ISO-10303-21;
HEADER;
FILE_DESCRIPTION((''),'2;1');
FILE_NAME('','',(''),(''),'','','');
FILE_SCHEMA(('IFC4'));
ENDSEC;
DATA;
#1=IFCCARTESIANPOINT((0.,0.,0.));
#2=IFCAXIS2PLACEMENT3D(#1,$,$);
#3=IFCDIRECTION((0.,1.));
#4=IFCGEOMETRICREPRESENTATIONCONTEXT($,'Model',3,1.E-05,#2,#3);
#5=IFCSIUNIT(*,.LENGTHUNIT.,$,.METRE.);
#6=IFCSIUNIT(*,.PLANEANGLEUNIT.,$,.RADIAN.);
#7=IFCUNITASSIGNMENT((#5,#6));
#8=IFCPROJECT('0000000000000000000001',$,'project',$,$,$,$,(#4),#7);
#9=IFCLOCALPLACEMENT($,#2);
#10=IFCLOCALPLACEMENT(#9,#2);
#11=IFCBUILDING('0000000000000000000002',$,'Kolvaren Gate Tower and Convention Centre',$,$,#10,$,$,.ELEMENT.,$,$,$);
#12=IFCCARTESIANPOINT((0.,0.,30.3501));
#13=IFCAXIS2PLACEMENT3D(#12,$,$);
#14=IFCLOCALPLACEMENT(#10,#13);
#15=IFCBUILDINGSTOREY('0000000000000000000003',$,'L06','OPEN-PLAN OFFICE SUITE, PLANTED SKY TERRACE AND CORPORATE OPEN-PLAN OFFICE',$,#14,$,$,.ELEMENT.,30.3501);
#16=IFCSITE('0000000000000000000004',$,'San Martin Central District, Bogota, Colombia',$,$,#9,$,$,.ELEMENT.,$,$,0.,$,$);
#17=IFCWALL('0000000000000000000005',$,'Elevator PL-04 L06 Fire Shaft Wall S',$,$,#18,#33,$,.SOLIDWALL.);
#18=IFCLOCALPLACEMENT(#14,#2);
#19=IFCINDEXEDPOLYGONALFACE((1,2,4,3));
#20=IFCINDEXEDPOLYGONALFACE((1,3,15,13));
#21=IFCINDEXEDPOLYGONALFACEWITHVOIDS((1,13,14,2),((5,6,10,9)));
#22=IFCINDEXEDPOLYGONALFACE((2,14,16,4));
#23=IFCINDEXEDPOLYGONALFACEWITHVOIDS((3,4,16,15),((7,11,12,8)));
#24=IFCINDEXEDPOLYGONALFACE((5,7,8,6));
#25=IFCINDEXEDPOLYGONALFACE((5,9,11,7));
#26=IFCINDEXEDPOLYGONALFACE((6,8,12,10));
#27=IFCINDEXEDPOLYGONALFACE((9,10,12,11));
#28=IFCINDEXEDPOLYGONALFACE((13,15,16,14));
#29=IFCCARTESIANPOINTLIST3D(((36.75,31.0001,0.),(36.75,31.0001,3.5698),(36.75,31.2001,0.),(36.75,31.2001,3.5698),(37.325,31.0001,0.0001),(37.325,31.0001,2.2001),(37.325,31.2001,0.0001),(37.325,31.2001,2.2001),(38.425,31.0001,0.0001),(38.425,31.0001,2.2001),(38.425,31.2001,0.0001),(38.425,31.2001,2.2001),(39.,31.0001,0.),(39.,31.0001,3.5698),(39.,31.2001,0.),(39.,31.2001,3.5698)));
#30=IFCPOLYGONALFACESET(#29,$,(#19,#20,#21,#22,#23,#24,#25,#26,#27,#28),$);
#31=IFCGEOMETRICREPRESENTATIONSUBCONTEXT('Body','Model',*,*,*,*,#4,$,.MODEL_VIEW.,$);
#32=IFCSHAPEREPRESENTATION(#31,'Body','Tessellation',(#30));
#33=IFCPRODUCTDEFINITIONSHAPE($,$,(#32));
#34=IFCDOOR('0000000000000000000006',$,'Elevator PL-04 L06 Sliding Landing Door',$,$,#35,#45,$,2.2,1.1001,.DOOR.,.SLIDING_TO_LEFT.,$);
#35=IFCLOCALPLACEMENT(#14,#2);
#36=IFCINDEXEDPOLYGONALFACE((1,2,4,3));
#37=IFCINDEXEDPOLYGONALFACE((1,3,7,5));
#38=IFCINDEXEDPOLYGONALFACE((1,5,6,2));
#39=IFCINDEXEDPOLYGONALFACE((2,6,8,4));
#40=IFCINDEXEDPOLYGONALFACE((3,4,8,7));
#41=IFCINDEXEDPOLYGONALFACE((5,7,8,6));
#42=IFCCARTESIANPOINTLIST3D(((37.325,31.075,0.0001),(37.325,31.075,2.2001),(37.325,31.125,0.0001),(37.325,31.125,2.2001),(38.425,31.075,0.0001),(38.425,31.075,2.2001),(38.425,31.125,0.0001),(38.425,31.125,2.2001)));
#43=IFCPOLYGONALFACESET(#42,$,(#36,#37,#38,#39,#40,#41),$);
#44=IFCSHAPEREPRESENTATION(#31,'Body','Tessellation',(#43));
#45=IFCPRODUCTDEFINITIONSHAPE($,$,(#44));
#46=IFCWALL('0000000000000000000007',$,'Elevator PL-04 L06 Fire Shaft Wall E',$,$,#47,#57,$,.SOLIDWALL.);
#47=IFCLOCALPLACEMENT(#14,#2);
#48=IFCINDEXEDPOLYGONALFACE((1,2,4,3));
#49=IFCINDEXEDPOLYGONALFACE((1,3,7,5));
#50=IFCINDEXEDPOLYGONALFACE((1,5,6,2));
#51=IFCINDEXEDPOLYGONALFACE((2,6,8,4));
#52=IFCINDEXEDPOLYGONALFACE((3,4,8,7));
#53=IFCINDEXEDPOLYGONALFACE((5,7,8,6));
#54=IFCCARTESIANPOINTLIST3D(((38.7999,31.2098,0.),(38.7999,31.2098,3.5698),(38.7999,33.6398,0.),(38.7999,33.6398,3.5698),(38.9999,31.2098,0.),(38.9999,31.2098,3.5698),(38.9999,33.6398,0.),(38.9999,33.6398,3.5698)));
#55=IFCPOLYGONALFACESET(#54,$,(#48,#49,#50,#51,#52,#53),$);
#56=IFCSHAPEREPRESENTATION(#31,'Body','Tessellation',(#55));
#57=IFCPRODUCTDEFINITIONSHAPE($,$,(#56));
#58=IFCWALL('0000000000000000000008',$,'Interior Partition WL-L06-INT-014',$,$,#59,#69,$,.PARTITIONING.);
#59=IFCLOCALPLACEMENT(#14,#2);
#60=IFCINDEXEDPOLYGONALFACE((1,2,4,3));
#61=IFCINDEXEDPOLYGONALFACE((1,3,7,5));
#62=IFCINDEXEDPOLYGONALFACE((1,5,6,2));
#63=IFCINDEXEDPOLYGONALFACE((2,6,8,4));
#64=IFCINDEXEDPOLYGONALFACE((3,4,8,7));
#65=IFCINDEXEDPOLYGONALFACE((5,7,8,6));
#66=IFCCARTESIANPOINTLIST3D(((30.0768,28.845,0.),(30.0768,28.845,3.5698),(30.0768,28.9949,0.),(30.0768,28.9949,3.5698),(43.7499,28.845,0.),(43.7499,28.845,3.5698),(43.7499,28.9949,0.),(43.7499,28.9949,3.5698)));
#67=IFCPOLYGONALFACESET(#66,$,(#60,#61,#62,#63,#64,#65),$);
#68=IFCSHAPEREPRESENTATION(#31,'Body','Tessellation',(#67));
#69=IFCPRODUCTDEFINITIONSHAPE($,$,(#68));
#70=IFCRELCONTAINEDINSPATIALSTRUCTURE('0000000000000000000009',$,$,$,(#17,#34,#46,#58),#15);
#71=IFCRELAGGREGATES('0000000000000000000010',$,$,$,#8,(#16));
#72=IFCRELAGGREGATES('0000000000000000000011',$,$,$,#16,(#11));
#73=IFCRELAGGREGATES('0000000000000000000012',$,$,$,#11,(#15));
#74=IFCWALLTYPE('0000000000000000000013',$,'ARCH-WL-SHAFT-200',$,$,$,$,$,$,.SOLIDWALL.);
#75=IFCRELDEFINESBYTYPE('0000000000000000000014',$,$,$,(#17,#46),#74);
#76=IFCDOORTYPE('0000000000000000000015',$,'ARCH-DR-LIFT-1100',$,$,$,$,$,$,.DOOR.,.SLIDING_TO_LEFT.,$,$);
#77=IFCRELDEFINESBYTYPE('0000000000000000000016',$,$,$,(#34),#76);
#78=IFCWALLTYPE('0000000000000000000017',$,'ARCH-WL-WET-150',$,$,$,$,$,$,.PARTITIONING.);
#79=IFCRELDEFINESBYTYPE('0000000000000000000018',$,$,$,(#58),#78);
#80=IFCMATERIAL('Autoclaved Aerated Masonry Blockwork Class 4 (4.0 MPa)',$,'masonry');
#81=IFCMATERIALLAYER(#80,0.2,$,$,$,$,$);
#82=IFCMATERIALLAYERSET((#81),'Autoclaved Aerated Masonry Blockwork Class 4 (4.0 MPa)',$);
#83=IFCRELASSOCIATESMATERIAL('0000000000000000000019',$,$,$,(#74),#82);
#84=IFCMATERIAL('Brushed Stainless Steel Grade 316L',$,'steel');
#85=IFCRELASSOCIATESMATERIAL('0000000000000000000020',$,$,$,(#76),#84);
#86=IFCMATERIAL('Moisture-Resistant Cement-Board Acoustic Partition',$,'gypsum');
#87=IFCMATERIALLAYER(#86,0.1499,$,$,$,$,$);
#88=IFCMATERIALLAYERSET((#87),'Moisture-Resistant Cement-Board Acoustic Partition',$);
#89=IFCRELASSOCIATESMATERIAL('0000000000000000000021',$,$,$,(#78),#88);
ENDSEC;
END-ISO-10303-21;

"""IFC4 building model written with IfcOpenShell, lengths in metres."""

from ifc_helpers import new_model, si_unit, direction, frame, frame_2d, origin, place, context, subcontext, project, spatial, rectangle, extrude, material, layer, layer_set, type_object, element, fill, save


model = new_model("IFC4")

# Units and contexts
model_context = context("Model", 3, precision=1e-05, world=origin(), true_north=direction((0.0, 1.0)))
body_context = subcontext(model_context, "Body", "Model", "MODEL_VIEW")
ifc_project = project(units=[si_unit("LENGTHUNIT", "METRE"), si_unit("PLANEANGLEUNIT", "RADIAN")], contexts=[model_context])

# Site, building, storey
site_placement = place(None, origin())
site = spatial("IfcSite", under=ifc_project, at=site_placement, Name="San Martin Central District, Bogota, Colombia", CompositionType="ELEMENT", RefElevation=0.0)
building_placement = place(site_placement, origin())
building = spatial("IfcBuilding", under=site, at=building_placement, Name="Kolvaren Gate Tower and Convention Centre", CompositionType="ELEMENT")
storey_placement = place(building_placement, frame((0.0, 0.0, 30.3501)))
storey = spatial("IfcBuildingStorey", under=building, at=storey_placement, Name="L06", Description="OPEN-PLAN OFFICE SUITE, PLANTED SKY TERRACE AND CORPORATE OPEN-PLAN OFFICE", CompositionType="ELEMENT", Elevation=30.3501)

# Shared definitions
ifc_material_1 = material(Name="Autoclaved Aerated Masonry Blockwork Class 4 (4.0 MPa)", Category="masonry")
ifc_layer_1 = layer(ifc_material_1, 0.2)
ifc_layer_set_1 = layer_set([ifc_layer_1], Name="Autoclaved Aerated Masonry Blockwork Class 4 (4.0 MPa)")
wall_type_1 = type_object("IfcWallType", Name="ARCH-WL-SHAFT-200", PredefinedType="SOLIDWALL", material=ifc_layer_set_1)

# Shared definitions
ifc_material_2 = material(Name="Brushed Stainless Steel Grade 316L", Category="steel")
door_type_1 = type_object("IfcDoorType", Name="ARCH-DR-LIFT-1100", OperationType="SLIDING_TO_LEFT", PredefinedType="DOOR", material=ifc_material_2)

# Wall, opening, door
wall_1_placement = place(storey_placement, frame((36.75, 31.1001, 0.0), z_axis=(0.0, 0.0, 1.0), x_axis=(1.0, 0.0, 0.0)))
wall_1 = element("IfcWall", 1, at=wall_1_placement, inside=storey, type_object=wall_type_1, Name="Elevator PL-04 L06 Fire Shaft Wall S", PredefinedType="SOLIDWALL", context=body_context, shape_type="SweptSolid", body=[
    extrude(rectangle(XDim=2.25, YDim=0.2, at=frame_2d((1.125, 0.0))), origin(), (0.0, 0.0, 1.0), 3.5698),
])
opening_1_placement = place(wall_1_placement, frame((0.575, 0.0, 0.0)))
opening_1 = element("IfcOpeningElement", 2, at=opening_1_placement, cuts=wall_1, PredefinedType="OPENING", context=body_context, shape_type="SweptSolid", body=[
    extrude(rectangle(XDim=1.1001, YDim=2.2, at=frame_2d((0.55, 1.1001))), frame((0.0, 0.1099, 0.0), z_axis=(0.0, -1.0, 0.0), x_axis=(1.0, 0.0, 0.0)), (0.0, 0.0, 1.0), 0.22),
])
door_1_placement = place(opening_1_placement, origin())
door_1 = element("IfcDoor", 3, at=door_1_placement, inside=storey, type_object=door_type_1, Name="Elevator PL-04 L06 Sliding Landing Door", OperationType="SLIDING_TO_LEFT", OverallHeight=2.2, OverallWidth=1.1001, PredefinedType="DOOR", context=body_context, shape_type="SweptSolid", body=[
    extrude(rectangle(XDim=1.1001, YDim=2.2, at=frame_2d((0.55, 1.1001))), frame((0.0, 0.0249, 0.0), z_axis=(0.0, -1.0, 0.0), x_axis=(1.0, 0.0, 0.0)), (0.0, 0.0, 1.0), 0.05),
])
fill(opening_1, door_1)

# Walls
wall_2_placement = place(storey_placement, frame((38.8999, 31.21, 0.0), z_axis=(0.0, 0.0, 1.0), x_axis=(0.0, 1.0, 0.0)))
element("IfcWall", 4, at=wall_2_placement, inside=storey, type_object=wall_type_1, Name="Elevator PL-04 L06 Fire Shaft Wall E", PredefinedType="SOLIDWALL", context=body_context, shape_type="SweptSolid", body=[
    extrude(rectangle(XDim=2.4299, YDim=0.2, at=frame_2d((1.2148, 0.0))), origin(), (0.0, 0.0, 1.0), 3.5698),
])
ifc_material_3 = material(Name="Moisture-Resistant Cement-Board Acoustic Partition", Category="gypsum")
ifc_layer_2 = layer(ifc_material_3, 0.1499)
ifc_layer_set_2 = layer_set([ifc_layer_2], Name="Moisture-Resistant Cement-Board Acoustic Partition")
wall_type_2 = type_object("IfcWallType", Name="ARCH-WL-WET-150", PredefinedType="PARTITIONING", material=ifc_layer_set_2)
wall_3_placement = place(storey_placement, frame((30.0769, 28.9199, 0.0), z_axis=(0.0, 0.0, 1.0), x_axis=(1.0, 0.0, 0.0)))
element("IfcWall", 5, at=wall_3_placement, inside=storey, type_object=wall_type_2, Name="Interior Partition WL-L06-INT-014", PredefinedType="PARTITIONING", context=body_context, shape_type="SweptSolid", body=[
    extrude(rectangle(XDim=13.6731, YDim=0.1499, at=frame_2d((6.8364, 0.0))), origin(), (0.0, 0.0, 1.0), 3.5698),
])

save(model, "model.ifc")
